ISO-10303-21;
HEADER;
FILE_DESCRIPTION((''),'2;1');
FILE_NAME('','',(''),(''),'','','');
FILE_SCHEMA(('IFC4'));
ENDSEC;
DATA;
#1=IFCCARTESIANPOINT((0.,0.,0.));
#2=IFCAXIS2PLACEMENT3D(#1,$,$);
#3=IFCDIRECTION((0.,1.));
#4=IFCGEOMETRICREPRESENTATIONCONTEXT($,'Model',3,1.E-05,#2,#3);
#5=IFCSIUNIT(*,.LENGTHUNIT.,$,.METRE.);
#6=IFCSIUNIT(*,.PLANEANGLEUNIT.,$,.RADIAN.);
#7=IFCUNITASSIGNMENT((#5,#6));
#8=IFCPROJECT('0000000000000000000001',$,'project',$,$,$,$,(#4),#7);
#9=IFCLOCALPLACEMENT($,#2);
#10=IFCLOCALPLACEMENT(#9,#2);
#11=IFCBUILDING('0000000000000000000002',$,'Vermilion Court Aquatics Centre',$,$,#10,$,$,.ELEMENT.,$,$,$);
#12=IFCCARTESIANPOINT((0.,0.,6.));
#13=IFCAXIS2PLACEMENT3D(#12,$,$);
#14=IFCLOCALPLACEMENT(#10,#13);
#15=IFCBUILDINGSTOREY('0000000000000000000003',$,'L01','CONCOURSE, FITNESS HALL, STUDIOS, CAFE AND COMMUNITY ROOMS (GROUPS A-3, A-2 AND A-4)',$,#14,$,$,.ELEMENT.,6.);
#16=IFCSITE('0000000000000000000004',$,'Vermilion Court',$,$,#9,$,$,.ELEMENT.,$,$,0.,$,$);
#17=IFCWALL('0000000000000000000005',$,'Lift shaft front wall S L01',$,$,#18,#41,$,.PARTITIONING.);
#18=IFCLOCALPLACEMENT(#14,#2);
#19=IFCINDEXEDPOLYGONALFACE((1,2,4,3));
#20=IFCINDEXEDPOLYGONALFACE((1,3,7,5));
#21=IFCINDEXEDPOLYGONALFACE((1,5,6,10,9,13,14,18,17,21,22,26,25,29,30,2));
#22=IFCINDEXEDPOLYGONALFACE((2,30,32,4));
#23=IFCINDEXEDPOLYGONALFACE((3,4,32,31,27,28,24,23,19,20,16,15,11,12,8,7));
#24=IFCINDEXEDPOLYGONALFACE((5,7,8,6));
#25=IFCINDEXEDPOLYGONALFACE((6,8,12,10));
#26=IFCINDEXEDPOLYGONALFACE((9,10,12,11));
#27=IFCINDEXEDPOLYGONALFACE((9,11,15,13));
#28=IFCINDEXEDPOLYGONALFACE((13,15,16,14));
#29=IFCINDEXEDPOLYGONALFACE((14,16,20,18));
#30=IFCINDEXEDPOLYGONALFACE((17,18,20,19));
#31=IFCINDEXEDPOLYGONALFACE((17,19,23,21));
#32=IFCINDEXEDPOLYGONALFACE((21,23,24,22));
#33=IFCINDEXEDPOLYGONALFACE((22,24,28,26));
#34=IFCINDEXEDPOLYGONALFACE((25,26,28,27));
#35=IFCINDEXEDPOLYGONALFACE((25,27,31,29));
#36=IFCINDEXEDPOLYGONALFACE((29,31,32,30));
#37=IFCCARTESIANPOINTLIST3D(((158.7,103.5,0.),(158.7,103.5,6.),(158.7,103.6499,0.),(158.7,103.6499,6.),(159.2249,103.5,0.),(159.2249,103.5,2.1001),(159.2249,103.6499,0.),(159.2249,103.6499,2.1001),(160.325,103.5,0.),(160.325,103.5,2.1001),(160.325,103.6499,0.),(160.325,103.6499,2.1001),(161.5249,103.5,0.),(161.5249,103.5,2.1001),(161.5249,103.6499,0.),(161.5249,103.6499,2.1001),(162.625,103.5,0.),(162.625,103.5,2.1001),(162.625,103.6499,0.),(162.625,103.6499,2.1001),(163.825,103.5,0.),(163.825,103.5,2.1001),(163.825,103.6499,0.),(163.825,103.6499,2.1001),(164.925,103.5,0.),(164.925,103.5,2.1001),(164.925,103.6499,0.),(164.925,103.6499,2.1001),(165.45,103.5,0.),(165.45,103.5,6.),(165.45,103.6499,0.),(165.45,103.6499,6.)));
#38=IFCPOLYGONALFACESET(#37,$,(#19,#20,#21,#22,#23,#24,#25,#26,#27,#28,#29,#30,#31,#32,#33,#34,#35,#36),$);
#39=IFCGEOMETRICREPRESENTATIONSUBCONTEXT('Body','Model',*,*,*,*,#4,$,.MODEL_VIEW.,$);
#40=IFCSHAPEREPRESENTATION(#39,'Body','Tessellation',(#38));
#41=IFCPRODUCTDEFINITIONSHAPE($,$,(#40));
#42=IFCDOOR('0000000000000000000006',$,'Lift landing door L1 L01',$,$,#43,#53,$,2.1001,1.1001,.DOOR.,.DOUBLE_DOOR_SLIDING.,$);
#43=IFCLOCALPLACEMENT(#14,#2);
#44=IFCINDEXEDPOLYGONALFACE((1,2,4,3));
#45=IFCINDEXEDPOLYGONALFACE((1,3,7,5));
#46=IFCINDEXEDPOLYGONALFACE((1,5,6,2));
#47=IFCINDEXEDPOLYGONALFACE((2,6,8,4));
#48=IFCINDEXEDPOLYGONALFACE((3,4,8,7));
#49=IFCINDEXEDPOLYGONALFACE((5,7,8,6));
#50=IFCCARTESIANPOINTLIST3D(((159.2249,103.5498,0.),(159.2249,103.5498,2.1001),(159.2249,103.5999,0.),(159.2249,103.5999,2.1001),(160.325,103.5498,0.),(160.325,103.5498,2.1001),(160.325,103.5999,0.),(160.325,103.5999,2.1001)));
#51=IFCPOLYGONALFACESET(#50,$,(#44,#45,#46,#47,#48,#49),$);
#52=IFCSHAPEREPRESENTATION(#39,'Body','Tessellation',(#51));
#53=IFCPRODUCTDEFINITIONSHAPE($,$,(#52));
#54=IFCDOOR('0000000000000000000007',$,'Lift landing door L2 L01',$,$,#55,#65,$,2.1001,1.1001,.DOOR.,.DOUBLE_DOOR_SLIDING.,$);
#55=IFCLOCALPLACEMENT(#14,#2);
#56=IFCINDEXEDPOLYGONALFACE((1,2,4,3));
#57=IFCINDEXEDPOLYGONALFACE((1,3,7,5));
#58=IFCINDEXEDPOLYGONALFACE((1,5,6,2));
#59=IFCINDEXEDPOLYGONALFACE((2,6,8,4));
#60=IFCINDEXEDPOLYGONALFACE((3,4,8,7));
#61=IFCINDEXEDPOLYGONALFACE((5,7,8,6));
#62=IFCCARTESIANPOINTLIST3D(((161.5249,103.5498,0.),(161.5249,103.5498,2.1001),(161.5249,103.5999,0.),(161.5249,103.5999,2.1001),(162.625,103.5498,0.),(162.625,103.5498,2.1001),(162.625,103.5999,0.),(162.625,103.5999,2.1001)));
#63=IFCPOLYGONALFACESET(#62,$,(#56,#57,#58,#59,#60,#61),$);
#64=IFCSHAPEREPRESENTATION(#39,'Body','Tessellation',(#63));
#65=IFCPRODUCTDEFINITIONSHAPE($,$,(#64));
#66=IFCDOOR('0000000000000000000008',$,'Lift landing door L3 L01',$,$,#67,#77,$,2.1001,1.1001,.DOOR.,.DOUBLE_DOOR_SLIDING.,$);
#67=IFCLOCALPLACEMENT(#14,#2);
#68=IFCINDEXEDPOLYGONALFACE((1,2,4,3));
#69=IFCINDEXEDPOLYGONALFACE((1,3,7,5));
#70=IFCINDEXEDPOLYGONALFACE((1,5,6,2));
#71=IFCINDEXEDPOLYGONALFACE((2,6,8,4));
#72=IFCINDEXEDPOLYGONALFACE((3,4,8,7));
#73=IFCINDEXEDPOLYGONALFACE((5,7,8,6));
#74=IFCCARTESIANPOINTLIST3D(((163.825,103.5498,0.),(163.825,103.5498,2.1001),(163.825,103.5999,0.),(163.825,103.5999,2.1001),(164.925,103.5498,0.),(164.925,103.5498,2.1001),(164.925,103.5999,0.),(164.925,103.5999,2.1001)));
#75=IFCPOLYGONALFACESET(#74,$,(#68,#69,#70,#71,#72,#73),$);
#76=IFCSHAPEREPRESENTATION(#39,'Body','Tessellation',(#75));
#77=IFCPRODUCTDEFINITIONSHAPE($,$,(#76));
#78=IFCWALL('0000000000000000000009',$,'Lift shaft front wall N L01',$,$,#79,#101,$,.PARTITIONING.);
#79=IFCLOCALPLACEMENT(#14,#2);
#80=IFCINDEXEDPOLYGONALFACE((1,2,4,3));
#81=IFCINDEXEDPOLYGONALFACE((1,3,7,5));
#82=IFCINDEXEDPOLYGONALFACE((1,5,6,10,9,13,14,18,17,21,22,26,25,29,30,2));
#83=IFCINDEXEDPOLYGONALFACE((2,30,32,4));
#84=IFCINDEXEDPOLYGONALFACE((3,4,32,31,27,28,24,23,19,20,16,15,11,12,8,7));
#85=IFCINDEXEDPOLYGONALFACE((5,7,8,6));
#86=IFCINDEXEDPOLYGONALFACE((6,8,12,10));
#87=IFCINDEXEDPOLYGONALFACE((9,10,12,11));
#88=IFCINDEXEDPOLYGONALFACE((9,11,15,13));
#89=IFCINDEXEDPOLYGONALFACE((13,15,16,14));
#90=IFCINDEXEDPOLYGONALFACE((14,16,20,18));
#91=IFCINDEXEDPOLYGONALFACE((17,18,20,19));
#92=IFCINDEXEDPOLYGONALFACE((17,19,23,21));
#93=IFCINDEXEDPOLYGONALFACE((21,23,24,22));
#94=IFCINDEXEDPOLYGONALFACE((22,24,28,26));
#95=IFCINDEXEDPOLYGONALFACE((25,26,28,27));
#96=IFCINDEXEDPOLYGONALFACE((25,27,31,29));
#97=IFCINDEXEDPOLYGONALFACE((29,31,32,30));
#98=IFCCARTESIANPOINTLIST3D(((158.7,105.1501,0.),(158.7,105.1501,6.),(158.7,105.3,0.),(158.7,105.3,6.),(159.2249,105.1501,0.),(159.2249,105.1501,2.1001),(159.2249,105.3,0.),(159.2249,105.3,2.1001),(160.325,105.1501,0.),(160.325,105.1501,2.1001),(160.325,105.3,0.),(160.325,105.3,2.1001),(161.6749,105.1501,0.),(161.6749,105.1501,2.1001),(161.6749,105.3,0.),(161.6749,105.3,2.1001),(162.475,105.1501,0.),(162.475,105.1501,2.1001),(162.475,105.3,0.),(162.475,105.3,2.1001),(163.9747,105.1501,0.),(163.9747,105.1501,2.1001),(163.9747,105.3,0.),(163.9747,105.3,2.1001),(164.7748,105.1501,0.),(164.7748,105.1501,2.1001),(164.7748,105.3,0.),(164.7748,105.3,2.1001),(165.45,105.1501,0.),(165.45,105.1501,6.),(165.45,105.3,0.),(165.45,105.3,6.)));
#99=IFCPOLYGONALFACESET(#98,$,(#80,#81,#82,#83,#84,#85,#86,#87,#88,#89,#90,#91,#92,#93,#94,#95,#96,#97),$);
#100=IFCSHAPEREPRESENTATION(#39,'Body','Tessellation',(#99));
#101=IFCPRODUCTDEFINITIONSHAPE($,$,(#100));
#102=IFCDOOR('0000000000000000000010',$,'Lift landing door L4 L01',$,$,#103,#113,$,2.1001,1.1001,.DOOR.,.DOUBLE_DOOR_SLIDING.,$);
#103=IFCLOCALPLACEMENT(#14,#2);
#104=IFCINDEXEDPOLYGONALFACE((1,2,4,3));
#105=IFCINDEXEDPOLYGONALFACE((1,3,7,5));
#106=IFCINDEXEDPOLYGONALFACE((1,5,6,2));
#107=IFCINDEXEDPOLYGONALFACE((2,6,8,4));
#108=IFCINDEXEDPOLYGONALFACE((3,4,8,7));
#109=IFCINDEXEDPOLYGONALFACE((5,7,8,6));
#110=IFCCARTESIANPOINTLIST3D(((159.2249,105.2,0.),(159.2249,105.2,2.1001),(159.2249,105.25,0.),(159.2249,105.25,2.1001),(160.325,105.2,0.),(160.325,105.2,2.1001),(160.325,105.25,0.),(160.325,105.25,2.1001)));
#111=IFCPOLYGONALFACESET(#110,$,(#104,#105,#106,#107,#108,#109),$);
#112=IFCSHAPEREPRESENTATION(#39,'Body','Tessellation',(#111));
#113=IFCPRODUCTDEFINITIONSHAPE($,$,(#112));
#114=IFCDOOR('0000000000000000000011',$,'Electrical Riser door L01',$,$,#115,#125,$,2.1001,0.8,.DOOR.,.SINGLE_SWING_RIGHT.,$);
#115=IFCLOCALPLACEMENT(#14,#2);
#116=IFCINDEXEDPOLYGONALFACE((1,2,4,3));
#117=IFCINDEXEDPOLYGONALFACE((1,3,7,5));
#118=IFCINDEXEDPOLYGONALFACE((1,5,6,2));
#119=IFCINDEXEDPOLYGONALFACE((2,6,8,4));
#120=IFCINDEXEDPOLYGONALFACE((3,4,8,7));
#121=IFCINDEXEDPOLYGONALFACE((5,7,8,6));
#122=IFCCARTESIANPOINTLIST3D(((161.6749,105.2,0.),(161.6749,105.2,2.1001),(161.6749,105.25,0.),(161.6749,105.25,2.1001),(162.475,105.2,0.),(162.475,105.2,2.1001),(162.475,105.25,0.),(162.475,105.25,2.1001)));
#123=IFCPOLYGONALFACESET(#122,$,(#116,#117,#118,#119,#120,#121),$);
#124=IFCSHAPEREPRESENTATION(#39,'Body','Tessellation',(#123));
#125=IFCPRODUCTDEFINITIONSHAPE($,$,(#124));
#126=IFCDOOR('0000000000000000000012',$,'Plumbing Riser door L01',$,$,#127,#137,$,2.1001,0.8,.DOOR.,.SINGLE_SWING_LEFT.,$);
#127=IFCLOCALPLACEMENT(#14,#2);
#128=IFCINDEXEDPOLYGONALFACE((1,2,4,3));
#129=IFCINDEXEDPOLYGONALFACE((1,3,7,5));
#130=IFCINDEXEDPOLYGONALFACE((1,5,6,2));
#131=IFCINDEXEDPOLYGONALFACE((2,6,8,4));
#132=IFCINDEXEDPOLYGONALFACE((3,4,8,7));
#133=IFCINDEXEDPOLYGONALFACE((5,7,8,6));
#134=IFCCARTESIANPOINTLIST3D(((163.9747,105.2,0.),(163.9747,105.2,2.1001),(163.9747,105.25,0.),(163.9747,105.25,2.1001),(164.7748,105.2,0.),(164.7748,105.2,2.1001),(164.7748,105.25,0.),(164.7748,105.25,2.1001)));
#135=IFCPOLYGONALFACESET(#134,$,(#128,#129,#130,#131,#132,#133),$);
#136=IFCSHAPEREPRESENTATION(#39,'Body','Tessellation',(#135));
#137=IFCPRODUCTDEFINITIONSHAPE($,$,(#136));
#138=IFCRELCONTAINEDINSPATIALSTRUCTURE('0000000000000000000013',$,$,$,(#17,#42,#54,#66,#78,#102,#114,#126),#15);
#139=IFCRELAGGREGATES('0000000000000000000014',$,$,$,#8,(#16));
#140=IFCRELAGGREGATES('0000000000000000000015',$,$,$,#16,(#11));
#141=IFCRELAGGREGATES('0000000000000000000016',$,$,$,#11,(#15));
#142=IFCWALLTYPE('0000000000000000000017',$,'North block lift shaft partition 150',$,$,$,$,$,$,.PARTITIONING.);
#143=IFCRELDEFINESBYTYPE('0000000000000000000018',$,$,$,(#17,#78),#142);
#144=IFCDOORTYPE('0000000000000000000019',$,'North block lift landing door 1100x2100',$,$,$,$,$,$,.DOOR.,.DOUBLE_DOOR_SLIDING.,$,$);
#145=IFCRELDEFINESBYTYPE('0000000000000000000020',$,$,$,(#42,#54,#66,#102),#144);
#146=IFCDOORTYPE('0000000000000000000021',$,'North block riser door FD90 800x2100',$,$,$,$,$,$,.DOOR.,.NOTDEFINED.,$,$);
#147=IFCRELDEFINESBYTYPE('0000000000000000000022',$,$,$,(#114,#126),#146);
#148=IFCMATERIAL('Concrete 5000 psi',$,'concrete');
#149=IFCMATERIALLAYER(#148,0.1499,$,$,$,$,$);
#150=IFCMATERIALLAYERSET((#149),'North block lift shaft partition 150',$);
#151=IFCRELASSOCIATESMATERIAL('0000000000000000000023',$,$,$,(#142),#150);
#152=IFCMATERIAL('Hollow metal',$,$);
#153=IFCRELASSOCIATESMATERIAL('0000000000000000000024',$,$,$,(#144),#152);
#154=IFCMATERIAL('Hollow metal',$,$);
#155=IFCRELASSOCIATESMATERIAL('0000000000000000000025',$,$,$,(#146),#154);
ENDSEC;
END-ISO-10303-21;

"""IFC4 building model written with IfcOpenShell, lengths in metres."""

from ifc_helpers import new_model, si_unit, direction, frame, frame_2d, origin, place, context, subcontext, project, spatial, rectangle, extrude, material, layer, layer_set, type_object, element, fill, save


model = new_model("IFC4")

# Units and contexts
model_context = context("Model", 3, precision=1e-05, world=origin(), true_north=direction((0.0, 1.0)))
body_context = subcontext(model_context, "Body", "Model", "MODEL_VIEW")
ifc_project = project(units=[si_unit("LENGTHUNIT", "METRE"), si_unit("PLANEANGLEUNIT", "RADIAN")], contexts=[model_context])

# Site, building, storey
site_placement = place(None, origin())
site = spatial("IfcSite", under=ifc_project, at=site_placement, Name="Vermilion Court", CompositionType="ELEMENT", RefElevation=0.0)
building_placement = place(site_placement, origin())
building = spatial("IfcBuilding", under=site, at=building_placement, Name="Vermilion Court Aquatics Centre", CompositionType="ELEMENT")
storey_placement = place(building_placement, frame((0.0, 0.0, 6.0)))
storey = spatial("IfcBuildingStorey", under=building, at=storey_placement, Name="L01", Description="CONCOURSE, FITNESS HALL, STUDIOS, CAFE AND COMMUNITY ROOMS (GROUPS A-3, A-2 AND A-4)", CompositionType="ELEMENT", Elevation=6.0)

# Shared definitions
ifc_material_1 = material(Name="Concrete 5000 psi", Category="concrete")
ifc_layer_1 = layer(ifc_material_1, 0.1499)
ifc_layer_set_1 = layer_set([ifc_layer_1], Name="North block lift shaft partition 150")
wall_type_1 = type_object("IfcWallType", Name="North block lift shaft partition 150", PredefinedType="PARTITIONING", material=ifc_layer_set_1)

# Walls, openings, doors
wall_1_placement = place(storey_placement, frame((158.7, 103.575, 0.0), z_axis=(0.0, 0.0, 1.0), x_axis=(1.0, 0.0, 0.0)))
wall_1 = element("IfcWall", 1, at=wall_1_placement, inside=storey, type_object=wall_type_1, Name="Lift shaft front wall S L01", PredefinedType="PARTITIONING", context=body_context, shape_type="SweptSolid", body=[
    extrude(rectangle(XDim=6.75, YDim=0.1499, at=frame_2d((3.375, 0.0))), origin(), (0.0, 0.0, 1.0), 6.0),
])
opening_1_placement = place(wall_1_placement, frame((0.5249, 0.0, 0.0)))
opening_1 = element("IfcOpeningElement", 2, at=opening_1_placement, cuts=wall_1, PredefinedType="OPENING", context=body_context, shape_type="SweptSolid", body=[
    extrude(rectangle(XDim=1.1001, YDim=2.1001, at=frame_2d((0.55, 1.05))), frame((0.0, 0.085, 0.0), z_axis=(0.0, -1.0, 0.0), x_axis=(1.0, 0.0, 0.0)), (0.0, 0.0, 1.0), 0.1699),
])
opening_2_placement = place(wall_1_placement, frame((2.825, 0.0, 0.0)))
opening_2 = element("IfcOpeningElement", 3, at=opening_2_placement, cuts=wall_1, PredefinedType="OPENING", context=body_context, shape_type="SweptSolid", body=[
    extrude(rectangle(XDim=1.1001, YDim=2.1001, at=frame_2d((0.55, 1.05))), frame((0.0, 0.085, 0.0), z_axis=(0.0, -1.0, 0.0), x_axis=(1.0, 0.0, 0.0)), (0.0, 0.0, 1.0), 0.1699),
])
opening_3_placement = place(wall_1_placement, frame((5.125, 0.0, 0.0)))
opening_3 = element("IfcOpeningElement", 4, at=opening_3_placement, cuts=wall_1, PredefinedType="OPENING", context=body_context, shape_type="SweptSolid", body=[
    extrude(rectangle(XDim=1.1001, YDim=2.1001, at=frame_2d((0.55, 1.05))), frame((0.0, 0.085, 0.0), z_axis=(0.0, -1.0, 0.0), x_axis=(1.0, 0.0, 0.0)), (0.0, 0.0, 1.0), 0.1699),
])
ifc_material_2 = material(Name="Hollow metal")
door_type_1 = type_object("IfcDoorType", Name="North block lift landing door 1100x2100", OperationType="DOUBLE_DOOR_SLIDING", PredefinedType="DOOR", material=ifc_material_2)
door_1_placement = place(opening_1_placement, origin())
door_1 = element("IfcDoor", 5, at=door_1_placement, inside=storey, type_object=door_type_1, Name="Lift landing door L1 L01", OperationType="DOUBLE_DOOR_SLIDING", OverallHeight=2.1001, OverallWidth=1.1001, PredefinedType="DOOR", context=body_context, shape_type="SweptSolid", body=[
    extrude(rectangle(XDim=1.1001, YDim=2.1001, at=frame_2d((0.55, 1.05))), frame((0.0, 0.0249, 0.0), z_axis=(0.0, -1.0, 0.0), x_axis=(1.0, 0.0, 0.0)), (0.0, 0.0, 1.0), 0.05),
])
fill(opening_1, door_1)
door_2_placement = place(opening_2_placement, origin())
door_2 = element("IfcDoor", 6, at=door_2_placement, inside=storey, type_object=door_type_1, Name="Lift landing door L2 L01", OperationType="DOUBLE_DOOR_SLIDING", OverallHeight=2.1001, OverallWidth=1.1001, PredefinedType="DOOR", context=body_context, shape_type="SweptSolid", body=[
    extrude(rectangle(XDim=1.1001, YDim=2.1001, at=frame_2d((0.55, 1.05))), frame((0.0, 0.0249, 0.0), z_axis=(0.0, -1.0, 0.0), x_axis=(1.0, 0.0, 0.0)), (0.0, 0.0, 1.0), 0.05),
])
fill(opening_2, door_2)
door_3_placement = place(opening_3_placement, origin())
door_3 = element("IfcDoor", 7, at=door_3_placement, inside=storey, type_object=door_type_1, Name="Lift landing door L3 L01", OperationType="DOUBLE_DOOR_SLIDING", OverallHeight=2.1001, OverallWidth=1.1001, PredefinedType="DOOR", context=body_context, shape_type="SweptSolid", body=[
    extrude(rectangle(XDim=1.1001, YDim=2.1001, at=frame_2d((0.55, 1.05))), frame((0.0, 0.0249, 0.0), z_axis=(0.0, -1.0, 0.0), x_axis=(1.0, 0.0, 0.0)), (0.0, 0.0, 1.0), 0.05),
])
fill(opening_3, door_3)
wall_2_placement = place(storey_placement, frame((158.7, 105.2251, 0.0), z_axis=(0.0, 0.0, 1.0), x_axis=(1.0, 0.0, 0.0)))
wall_2 = element("IfcWall", 8, at=wall_2_placement, inside=storey, type_object=wall_type_1, Name="Lift shaft front wall N L01", PredefinedType="PARTITIONING", context=body_context, shape_type="SweptSolid", body=[
    extrude(rectangle(XDim=6.75, YDim=0.1499, at=frame_2d((3.375, 0.0))), origin(), (0.0, 0.0, 1.0), 6.0),
])
opening_4_placement = place(wall_2_placement, frame((0.5249, 0.0, 0.0)))
opening_4 = element("IfcOpeningElement", 9, at=opening_4_placement, cuts=wall_2, PredefinedType="OPENING", context=body_context, shape_type="SweptSolid", body=[
    extrude(rectangle(XDim=1.1001, YDim=2.1001, at=frame_2d((0.55, 1.05))), frame((0.0, 0.085, 0.0), z_axis=(0.0, -1.0, 0.0), x_axis=(1.0, 0.0, 0.0)), (0.0, 0.0, 1.0), 0.1699),
])
opening_5_placement = place(wall_2_placement, frame((2.9751, 0.0, 0.0)))
opening_5 = element("IfcOpeningElement", 10, at=opening_5_placement, cuts=wall_2, PredefinedType="OPENING", context=body_context, shape_type="SweptSolid", body=[
    extrude(rectangle(XDim=0.8, YDim=2.1001, at=frame_2d((0.3999, 1.05))), frame((0.0, 0.085, 0.0), z_axis=(0.0, -1.0, 0.0), x_axis=(1.0, 0.0, 0.0)), (0.0, 0.0, 1.0), 0.1699),
])
opening_6_placement = place(wall_2_placement, frame((5.2749, 0.0, 0.0)))
opening_6 = element("IfcOpeningElement", 11, at=opening_6_placement, cuts=wall_2, PredefinedType="OPENING", context=body_context, shape_type="SweptSolid", body=[
    extrude(rectangle(XDim=0.8, YDim=2.1001, at=frame_2d((0.3999, 1.05))), frame((0.0, 0.085, 0.0), z_axis=(0.0, -1.0, 0.0), x_axis=(1.0, 0.0, 0.0)), (0.0, 0.0, 1.0), 0.1699),
])
door_4_placement = place(opening_4_placement, origin())
door_4 = element("IfcDoor", 12, at=door_4_placement, inside=storey, type_object=door_type_1, Name="Lift landing door L4 L01", OperationType="DOUBLE_DOOR_SLIDING", OverallHeight=2.1001, OverallWidth=1.1001, PredefinedType="DOOR", context=body_context, shape_type="SweptSolid", body=[
    extrude(rectangle(XDim=1.1001, YDim=2.1001, at=frame_2d((0.55, 1.05))), frame((0.0, 0.0249, 0.0), z_axis=(0.0, -1.0, 0.0), x_axis=(1.0, 0.0, 0.0)), (0.0, 0.0, 1.0), 0.05),
])
fill(opening_4, door_4)
ifc_material_3 = material(Name="Hollow metal")
door_type_2 = type_object("IfcDoorType", Name="North block riser door FD90 800x2100", OperationType="NOTDEFINED", PredefinedType="DOOR", material=ifc_material_3)
door_5_placement = place(opening_5_placement, frame((0.8, 0.0, 0.0), z_axis=(0.0, 0.0, 1.0), x_axis=(-1.0, 0.0, 0.0)))
door_5 = element("IfcDoor", 13, at=door_5_placement, inside=storey, type_object=door_type_2, Name="Electrical Riser door L01", OperationType="SINGLE_SWING_RIGHT", OverallHeight=2.1001, OverallWidth=0.8, PredefinedType="DOOR", context=body_context, shape_type="SweptSolid", body=[
    extrude(rectangle(XDim=0.8, YDim=2.1001, at=frame_2d((0.4001, 1.05))), frame((0.0, 0.0251, 0.0), z_axis=(0.0, -1.0, 0.0), x_axis=(1.0, 0.0, 0.0)), (0.0, 0.0, 1.0), 0.05),
])
fill(opening_5, door_5)
door_6_placement = place(opening_6_placement, frame((0.8, 0.0, 0.0), z_axis=(0.0, 0.0, 1.0), x_axis=(-1.0, 0.0, 0.0)))
door_6 = element("IfcDoor", 14, at=door_6_placement, inside=storey, type_object=door_type_2, Name="Plumbing Riser door L01", OperationType="SINGLE_SWING_LEFT", OverallHeight=2.1001, OverallWidth=0.8, PredefinedType="DOOR", context=body_context, shape_type="SweptSolid", body=[
    extrude(rectangle(XDim=0.8, YDim=2.1001, at=frame_2d((0.4001, 1.05))), frame((0.0, 0.0251, 0.0), z_axis=(0.0, -1.0, 0.0), x_axis=(1.0, 0.0, 0.0)), (0.0, 0.0, 1.0), 0.05),
])
fill(opening_6, door_6)

save(model, "model.ifc")
